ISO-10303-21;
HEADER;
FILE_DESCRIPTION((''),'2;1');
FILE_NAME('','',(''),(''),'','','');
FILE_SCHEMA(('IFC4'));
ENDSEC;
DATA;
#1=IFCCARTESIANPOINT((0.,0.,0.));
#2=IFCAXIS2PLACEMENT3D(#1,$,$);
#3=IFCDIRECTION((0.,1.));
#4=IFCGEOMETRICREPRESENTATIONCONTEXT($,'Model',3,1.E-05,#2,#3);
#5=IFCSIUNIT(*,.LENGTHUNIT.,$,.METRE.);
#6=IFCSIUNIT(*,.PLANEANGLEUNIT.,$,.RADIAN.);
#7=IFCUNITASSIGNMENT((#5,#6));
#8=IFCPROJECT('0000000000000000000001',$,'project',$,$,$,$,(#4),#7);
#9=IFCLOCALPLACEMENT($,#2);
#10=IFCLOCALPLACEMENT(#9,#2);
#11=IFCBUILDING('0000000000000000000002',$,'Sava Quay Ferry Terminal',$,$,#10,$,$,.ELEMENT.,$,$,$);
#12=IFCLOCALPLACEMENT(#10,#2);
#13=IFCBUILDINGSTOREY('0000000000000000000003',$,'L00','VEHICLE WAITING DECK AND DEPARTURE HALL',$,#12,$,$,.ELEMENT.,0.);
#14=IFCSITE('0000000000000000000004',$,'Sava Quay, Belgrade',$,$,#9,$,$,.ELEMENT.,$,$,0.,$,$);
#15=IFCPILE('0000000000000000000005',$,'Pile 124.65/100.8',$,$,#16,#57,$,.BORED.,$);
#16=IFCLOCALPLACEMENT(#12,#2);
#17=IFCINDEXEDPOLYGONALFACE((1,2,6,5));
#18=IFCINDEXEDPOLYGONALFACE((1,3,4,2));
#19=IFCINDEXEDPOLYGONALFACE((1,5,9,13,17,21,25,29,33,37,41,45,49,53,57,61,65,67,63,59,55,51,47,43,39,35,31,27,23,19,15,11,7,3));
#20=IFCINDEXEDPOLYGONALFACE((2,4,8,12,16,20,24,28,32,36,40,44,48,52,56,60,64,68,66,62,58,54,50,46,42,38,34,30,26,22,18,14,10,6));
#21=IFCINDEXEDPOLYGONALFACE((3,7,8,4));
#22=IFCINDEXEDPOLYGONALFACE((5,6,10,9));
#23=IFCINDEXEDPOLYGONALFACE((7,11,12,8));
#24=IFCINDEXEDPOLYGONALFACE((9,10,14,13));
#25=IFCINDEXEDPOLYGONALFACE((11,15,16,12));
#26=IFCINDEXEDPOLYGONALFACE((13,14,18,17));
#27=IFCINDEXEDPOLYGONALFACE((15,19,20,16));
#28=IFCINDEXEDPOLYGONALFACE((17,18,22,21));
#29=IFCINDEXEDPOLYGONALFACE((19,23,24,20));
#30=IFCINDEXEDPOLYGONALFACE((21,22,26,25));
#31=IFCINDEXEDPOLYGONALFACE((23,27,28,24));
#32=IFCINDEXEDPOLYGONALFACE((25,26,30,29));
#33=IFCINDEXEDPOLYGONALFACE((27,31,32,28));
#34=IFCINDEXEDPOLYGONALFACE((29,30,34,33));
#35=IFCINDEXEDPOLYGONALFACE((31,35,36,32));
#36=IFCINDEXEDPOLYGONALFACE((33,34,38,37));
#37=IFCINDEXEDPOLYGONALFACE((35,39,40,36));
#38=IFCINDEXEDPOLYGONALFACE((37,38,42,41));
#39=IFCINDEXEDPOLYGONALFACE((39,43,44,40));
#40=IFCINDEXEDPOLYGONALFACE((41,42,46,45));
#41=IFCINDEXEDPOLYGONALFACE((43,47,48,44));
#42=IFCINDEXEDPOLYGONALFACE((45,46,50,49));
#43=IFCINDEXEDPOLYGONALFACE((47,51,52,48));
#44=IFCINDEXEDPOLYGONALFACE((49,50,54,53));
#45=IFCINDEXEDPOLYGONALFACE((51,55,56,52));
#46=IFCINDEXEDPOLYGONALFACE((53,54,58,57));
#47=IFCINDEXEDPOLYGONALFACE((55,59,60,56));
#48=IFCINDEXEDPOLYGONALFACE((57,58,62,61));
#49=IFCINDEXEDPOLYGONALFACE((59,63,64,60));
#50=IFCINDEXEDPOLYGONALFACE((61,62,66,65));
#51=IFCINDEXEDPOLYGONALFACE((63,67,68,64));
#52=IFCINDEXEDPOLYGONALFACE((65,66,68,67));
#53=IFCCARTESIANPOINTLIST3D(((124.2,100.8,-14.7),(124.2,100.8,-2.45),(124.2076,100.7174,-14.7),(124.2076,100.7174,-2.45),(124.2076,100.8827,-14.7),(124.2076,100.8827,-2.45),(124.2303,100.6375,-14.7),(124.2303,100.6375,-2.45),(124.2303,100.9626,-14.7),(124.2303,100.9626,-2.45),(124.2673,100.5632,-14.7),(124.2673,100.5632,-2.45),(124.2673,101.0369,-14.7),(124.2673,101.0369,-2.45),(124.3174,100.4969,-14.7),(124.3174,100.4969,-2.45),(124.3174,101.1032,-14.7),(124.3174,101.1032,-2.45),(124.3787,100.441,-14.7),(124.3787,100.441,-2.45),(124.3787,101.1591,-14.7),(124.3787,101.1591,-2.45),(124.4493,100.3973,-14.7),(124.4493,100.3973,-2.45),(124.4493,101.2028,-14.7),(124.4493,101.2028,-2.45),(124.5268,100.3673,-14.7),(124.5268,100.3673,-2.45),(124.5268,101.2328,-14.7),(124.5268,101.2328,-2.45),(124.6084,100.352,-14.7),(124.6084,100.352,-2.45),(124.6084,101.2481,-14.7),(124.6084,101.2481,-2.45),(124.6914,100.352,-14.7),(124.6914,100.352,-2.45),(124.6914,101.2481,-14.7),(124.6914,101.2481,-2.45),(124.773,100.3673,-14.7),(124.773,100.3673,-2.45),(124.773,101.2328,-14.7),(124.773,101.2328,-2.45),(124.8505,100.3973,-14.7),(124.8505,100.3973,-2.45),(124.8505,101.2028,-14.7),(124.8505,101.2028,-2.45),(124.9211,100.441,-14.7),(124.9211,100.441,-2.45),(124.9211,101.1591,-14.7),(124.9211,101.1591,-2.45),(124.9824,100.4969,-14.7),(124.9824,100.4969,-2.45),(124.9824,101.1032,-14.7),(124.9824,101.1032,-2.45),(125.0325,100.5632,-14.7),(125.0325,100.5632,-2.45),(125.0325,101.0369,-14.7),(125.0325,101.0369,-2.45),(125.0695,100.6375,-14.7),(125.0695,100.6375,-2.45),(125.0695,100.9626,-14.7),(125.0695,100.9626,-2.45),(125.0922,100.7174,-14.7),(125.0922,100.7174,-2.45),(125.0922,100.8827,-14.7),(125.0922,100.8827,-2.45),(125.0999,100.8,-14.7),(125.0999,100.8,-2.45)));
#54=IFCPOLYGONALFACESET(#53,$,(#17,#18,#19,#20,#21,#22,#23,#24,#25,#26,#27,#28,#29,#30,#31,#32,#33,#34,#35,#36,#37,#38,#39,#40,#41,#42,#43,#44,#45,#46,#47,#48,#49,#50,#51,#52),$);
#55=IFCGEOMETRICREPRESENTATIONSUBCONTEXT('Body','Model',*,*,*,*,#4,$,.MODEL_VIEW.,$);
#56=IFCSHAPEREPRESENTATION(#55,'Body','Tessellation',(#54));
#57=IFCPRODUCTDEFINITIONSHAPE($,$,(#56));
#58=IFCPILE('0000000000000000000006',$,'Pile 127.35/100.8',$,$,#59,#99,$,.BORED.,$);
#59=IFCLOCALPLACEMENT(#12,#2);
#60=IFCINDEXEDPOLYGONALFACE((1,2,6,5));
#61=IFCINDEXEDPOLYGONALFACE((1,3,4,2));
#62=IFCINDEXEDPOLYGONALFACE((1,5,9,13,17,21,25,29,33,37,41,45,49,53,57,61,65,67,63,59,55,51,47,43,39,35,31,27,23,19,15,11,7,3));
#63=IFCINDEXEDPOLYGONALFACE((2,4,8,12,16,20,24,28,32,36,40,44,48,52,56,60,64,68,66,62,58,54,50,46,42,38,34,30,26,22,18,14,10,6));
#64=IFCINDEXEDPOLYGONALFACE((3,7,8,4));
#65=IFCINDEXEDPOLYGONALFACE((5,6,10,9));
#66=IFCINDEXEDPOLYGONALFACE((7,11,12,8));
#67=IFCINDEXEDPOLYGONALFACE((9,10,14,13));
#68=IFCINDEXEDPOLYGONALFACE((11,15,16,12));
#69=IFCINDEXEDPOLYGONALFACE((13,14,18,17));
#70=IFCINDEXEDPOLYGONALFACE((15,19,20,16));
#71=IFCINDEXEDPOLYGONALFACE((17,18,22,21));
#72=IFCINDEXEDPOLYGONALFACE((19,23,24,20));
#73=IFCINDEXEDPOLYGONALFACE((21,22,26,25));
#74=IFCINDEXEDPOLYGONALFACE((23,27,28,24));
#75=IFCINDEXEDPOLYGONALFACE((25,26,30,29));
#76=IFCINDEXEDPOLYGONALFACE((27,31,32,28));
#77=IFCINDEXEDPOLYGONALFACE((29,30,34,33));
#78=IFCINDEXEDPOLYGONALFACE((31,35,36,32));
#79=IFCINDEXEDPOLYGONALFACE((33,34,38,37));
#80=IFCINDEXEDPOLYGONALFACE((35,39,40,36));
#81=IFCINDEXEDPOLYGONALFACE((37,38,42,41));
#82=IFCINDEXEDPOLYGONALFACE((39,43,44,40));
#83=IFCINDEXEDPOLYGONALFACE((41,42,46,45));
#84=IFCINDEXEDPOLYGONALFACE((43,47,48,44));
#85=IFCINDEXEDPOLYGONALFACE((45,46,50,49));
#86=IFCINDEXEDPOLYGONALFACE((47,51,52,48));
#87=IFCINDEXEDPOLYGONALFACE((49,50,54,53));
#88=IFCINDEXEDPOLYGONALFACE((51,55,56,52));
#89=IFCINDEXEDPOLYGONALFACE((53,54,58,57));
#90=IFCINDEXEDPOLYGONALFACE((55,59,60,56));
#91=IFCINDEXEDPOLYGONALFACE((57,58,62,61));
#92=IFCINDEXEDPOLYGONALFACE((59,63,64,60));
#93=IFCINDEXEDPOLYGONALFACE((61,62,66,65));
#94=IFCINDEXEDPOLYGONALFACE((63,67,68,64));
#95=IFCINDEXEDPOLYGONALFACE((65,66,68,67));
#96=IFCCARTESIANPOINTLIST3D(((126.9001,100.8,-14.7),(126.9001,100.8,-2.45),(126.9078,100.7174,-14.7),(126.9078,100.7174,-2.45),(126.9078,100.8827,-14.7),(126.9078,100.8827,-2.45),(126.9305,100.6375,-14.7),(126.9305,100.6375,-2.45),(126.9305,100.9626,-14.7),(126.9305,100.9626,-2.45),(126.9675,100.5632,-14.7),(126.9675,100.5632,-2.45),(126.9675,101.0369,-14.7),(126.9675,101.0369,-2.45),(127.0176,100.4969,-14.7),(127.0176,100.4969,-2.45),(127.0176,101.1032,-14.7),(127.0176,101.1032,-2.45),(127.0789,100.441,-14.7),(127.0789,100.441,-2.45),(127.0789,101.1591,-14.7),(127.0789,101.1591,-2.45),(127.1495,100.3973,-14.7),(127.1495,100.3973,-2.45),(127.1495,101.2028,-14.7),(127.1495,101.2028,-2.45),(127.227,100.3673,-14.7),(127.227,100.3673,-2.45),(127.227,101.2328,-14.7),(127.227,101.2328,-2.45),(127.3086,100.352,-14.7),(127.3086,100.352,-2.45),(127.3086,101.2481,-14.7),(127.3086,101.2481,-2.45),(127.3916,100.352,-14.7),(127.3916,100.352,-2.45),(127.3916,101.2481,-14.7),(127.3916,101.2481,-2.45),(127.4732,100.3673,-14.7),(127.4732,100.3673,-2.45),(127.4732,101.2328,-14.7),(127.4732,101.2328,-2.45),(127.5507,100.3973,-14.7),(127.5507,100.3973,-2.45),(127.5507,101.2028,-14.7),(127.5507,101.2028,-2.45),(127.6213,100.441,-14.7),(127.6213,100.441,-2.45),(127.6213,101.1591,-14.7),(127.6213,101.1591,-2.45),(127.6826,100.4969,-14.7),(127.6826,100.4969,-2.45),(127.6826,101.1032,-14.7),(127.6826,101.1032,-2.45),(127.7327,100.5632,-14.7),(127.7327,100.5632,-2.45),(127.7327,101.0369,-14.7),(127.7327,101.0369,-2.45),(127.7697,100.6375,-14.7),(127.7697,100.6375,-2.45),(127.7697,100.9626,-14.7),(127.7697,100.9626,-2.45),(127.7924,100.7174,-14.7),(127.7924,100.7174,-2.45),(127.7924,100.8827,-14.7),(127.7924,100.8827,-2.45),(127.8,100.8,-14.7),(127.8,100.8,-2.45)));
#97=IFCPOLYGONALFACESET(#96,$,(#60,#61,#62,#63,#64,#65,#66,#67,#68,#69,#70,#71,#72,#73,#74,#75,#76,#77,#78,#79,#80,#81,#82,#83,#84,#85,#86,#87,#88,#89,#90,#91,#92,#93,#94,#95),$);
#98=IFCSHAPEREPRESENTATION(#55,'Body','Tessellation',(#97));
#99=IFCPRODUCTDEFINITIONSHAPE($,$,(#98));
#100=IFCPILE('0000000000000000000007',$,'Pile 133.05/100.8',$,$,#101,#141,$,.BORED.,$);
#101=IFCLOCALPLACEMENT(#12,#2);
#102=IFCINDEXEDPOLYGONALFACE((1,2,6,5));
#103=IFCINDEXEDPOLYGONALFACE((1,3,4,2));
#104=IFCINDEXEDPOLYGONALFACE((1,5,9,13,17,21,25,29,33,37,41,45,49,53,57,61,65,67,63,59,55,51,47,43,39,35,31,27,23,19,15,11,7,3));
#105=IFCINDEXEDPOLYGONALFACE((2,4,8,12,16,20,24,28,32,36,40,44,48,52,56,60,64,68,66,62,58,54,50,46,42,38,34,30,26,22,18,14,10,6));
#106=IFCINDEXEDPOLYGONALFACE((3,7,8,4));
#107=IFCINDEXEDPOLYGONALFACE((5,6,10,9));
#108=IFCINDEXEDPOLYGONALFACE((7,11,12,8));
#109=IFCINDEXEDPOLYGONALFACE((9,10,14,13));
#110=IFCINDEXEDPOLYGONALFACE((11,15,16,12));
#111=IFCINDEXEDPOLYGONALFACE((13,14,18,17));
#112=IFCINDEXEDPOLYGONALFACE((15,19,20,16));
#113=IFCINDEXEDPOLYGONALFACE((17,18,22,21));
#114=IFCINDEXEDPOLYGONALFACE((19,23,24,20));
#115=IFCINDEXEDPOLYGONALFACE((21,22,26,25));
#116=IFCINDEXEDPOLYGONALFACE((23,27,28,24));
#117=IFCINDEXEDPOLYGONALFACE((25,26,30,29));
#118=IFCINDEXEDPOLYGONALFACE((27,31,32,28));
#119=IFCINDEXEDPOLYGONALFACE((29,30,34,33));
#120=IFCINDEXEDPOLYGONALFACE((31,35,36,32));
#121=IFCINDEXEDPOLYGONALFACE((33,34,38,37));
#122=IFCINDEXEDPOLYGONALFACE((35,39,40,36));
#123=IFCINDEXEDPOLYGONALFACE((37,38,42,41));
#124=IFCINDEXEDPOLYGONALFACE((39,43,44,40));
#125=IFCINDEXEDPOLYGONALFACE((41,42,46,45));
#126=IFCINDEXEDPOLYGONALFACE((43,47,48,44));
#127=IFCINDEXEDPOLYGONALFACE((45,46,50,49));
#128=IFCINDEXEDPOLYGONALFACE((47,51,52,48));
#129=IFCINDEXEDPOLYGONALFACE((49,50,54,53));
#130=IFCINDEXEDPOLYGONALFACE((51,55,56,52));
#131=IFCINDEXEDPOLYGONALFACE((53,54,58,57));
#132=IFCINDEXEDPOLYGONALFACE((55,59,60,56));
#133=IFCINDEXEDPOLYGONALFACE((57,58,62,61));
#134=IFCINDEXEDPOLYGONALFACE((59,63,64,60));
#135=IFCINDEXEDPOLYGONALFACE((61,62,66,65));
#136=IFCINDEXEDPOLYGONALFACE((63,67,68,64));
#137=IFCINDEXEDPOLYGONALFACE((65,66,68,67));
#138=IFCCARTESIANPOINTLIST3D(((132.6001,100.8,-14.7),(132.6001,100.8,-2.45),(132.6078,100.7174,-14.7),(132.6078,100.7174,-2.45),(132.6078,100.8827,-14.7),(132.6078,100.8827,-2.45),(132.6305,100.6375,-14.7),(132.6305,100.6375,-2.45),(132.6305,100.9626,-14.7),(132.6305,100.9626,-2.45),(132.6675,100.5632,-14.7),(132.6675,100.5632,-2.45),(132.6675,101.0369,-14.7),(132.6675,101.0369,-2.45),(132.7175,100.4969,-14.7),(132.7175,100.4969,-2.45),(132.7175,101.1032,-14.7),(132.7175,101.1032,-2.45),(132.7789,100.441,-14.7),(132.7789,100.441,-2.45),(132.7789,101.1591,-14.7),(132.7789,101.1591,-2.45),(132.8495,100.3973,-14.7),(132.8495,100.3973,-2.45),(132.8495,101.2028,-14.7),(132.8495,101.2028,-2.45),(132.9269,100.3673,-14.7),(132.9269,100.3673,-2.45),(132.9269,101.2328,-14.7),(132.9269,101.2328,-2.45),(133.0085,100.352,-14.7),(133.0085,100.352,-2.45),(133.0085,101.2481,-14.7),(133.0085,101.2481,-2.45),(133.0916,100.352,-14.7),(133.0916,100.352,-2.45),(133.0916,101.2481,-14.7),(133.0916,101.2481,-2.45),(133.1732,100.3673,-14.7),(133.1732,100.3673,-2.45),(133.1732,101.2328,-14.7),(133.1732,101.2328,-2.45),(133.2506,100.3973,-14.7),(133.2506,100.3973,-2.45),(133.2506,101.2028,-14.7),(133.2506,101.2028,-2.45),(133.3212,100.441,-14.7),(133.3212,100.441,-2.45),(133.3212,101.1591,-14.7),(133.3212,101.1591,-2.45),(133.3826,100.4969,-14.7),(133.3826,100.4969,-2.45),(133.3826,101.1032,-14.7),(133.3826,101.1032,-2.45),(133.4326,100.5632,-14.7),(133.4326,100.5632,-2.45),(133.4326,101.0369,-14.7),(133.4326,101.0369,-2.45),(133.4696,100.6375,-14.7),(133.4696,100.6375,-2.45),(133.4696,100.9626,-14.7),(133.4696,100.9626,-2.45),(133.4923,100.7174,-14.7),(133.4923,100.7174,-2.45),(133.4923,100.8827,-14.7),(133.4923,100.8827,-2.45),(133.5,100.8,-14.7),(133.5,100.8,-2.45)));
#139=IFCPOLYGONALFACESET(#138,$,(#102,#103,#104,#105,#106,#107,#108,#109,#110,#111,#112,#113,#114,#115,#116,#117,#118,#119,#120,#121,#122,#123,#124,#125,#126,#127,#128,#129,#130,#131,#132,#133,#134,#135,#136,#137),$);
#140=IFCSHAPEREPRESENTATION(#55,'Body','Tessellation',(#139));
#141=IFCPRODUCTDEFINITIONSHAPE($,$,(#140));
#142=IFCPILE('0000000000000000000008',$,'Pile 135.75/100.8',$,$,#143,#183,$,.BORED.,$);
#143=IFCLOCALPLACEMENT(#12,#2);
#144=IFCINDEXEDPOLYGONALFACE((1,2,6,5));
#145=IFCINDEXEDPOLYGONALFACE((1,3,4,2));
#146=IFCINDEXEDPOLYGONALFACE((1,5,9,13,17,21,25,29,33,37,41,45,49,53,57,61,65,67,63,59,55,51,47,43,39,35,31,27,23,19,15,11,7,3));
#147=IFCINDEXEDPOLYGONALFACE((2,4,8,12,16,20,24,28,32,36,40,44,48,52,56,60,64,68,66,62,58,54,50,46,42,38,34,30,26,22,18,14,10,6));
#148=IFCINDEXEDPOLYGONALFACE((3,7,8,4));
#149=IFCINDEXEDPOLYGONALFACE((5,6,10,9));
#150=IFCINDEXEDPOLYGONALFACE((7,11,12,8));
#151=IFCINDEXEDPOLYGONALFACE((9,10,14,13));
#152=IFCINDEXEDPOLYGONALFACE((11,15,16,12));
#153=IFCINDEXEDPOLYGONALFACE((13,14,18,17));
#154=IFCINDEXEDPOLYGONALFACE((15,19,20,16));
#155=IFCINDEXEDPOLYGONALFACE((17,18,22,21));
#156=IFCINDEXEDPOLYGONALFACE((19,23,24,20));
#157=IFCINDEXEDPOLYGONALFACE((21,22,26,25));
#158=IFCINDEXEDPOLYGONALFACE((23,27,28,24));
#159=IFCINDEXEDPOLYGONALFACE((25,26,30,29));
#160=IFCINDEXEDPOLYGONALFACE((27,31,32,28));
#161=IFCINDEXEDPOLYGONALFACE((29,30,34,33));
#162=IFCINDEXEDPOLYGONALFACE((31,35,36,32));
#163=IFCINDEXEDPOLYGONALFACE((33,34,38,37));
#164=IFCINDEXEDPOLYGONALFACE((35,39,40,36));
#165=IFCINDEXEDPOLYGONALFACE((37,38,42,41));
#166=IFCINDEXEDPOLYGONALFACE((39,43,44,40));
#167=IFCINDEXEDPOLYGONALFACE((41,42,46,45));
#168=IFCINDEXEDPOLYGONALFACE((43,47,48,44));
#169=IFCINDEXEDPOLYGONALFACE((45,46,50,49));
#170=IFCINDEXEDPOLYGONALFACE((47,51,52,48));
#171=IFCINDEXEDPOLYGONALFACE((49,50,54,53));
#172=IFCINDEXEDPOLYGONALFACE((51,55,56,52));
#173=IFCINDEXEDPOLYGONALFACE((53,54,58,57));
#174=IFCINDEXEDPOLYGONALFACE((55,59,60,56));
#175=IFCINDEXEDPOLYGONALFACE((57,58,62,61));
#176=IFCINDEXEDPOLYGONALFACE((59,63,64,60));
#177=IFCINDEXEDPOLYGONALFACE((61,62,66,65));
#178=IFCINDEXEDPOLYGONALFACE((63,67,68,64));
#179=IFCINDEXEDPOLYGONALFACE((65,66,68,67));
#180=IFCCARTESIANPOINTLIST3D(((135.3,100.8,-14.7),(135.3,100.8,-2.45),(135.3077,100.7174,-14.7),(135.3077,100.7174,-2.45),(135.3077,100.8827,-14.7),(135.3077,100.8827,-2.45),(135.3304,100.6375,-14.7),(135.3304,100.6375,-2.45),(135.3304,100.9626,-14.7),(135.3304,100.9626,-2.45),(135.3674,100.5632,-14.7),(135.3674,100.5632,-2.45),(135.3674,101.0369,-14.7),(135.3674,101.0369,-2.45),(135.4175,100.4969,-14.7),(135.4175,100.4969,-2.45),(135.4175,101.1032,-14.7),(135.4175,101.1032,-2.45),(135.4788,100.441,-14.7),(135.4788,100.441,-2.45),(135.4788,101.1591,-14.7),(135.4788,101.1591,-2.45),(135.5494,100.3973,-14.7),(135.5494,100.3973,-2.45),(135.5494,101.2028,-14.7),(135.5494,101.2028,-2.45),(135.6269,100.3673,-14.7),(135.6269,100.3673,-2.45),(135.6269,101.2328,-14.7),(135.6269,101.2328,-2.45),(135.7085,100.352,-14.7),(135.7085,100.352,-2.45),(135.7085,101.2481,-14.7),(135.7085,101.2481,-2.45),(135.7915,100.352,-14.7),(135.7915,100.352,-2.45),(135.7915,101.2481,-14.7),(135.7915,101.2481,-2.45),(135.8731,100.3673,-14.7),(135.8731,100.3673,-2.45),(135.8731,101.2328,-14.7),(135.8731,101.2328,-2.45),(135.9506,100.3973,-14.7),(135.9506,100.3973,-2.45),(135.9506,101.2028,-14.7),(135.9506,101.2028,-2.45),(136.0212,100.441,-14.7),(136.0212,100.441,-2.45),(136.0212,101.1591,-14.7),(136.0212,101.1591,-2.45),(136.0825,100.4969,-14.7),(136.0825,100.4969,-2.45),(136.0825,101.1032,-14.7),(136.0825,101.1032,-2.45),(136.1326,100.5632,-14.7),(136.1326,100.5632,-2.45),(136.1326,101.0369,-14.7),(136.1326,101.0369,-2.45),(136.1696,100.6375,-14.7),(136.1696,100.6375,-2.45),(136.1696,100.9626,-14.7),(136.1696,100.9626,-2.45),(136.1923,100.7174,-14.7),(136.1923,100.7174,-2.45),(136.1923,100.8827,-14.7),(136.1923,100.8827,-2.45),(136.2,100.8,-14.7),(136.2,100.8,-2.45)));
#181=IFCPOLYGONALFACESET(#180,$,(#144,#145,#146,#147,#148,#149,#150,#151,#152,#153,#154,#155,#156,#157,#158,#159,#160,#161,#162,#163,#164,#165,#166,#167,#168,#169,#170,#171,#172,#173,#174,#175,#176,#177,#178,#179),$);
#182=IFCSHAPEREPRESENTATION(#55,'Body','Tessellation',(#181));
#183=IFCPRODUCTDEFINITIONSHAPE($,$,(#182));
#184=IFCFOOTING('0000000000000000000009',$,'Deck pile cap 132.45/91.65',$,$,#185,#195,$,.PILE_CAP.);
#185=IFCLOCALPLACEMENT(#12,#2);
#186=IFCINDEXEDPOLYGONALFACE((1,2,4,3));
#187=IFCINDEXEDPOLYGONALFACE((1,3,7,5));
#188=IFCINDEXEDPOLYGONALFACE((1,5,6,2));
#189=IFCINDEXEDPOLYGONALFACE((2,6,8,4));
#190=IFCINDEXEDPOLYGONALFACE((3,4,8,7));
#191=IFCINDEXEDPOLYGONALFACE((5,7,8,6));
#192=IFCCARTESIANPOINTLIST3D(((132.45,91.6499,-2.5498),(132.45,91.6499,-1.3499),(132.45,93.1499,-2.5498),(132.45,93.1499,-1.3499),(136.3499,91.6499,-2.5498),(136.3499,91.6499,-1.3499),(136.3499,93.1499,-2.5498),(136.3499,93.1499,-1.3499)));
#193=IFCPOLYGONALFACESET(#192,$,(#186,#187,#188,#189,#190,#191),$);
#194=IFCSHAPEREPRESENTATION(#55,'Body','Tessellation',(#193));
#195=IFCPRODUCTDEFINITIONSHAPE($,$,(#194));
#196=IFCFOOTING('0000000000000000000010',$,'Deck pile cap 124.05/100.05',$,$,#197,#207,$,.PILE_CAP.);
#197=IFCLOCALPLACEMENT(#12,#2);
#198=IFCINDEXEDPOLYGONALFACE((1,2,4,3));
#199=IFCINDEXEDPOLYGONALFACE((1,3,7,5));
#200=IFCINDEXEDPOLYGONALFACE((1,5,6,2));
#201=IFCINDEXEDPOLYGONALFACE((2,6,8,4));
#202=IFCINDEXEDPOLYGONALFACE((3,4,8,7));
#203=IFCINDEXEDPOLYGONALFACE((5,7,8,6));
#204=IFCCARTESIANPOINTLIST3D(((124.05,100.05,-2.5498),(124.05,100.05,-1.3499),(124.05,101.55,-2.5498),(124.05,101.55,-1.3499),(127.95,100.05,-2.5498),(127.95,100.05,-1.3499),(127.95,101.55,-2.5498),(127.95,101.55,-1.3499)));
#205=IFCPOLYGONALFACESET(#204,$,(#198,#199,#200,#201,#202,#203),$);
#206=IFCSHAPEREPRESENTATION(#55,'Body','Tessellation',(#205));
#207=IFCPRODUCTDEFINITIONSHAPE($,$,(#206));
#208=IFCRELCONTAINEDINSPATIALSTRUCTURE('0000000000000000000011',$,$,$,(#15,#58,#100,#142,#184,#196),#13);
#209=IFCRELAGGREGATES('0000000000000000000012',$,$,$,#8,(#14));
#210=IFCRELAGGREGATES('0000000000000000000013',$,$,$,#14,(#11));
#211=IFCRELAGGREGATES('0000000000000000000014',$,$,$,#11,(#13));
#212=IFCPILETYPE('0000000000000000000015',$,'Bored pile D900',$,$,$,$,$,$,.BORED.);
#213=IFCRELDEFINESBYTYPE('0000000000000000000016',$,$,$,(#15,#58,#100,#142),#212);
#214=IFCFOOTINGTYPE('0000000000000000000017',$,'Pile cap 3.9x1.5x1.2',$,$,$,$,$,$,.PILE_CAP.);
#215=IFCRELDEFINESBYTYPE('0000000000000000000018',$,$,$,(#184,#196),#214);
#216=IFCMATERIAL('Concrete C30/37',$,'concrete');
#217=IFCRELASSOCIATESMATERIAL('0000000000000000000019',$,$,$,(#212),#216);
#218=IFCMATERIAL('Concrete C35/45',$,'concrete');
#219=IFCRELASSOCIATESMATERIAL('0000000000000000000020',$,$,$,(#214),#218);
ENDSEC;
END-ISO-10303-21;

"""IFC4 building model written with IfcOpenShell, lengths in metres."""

from ifc_helpers import new_model, si_unit, direction, frame, origin, origin_2d, place, context, subcontext, project, spatial, rectangle, circle, extrude, material, material_profile, profile_set, type_object, element, save


model = new_model("IFC4")

# Units and contexts
model_context = context("Model", 3, precision=1e-05, world=origin(), true_north=direction((0.0, 1.0)))
body_context = subcontext(model_context, "Body", "Model", "MODEL_VIEW")
ifc_project = project(units=[si_unit("LENGTHUNIT", "METRE"), si_unit("PLANEANGLEUNIT", "RADIAN")], contexts=[model_context])

# Site, building, storey
site_placement = place(None, origin())
site = spatial("IfcSite", under=ifc_project, at=site_placement, Name="Sava Quay, Belgrade", CompositionType="ELEMENT", RefElevation=0.0)
building_placement = place(site_placement, origin())
building = spatial("IfcBuilding", under=site, at=building_placement, Name="Sava Quay Ferry Terminal", CompositionType="ELEMENT")
storey_placement = place(building_placement, origin())
storey = spatial("IfcBuildingStorey", under=building, at=storey_placement, Name="L00", Description="VEHICLE WAITING DECK AND DEPARTURE HALL", CompositionType="ELEMENT", Elevation=0.0)

# Piles
ifc_material_1 = material(Name="Concrete C30/37", Category="concrete")
ifc_material_profile_1 = material_profile(ifc_material_1, circle(Radius=0.45, at=origin_2d()), Name="Bored pile D900")
ifc_profile_set_1 = profile_set([ifc_material_profile_1], Name="Concrete C30/37")
pile_type = type_object("IfcPileType", Name="Bored pile D900", PredefinedType="BORED", material=ifc_profile_set_1)
for number, where, z_axis, x_axis, name in (
    (1, (124.6499, 100.8, -2.45), (0.0, 0.0, -1.0), (1.0, 0.0, 0.0), "Pile 124.65/100.8"),
    (2, (127.3501, 100.8, -2.45), (0.0, 0.0, -1.0), (1.0, 0.0, 0.0), "Pile 127.35/100.8"),
    (3, (133.05, 100.8, -2.45), (0.0, 0.0, -1.0), (1.0, 0.0, 0.0), "Pile 133.05/100.8"),
    (4, (135.75, 100.8, -2.45), (0.0, 0.0, -1.0), (1.0, 0.0, 0.0), "Pile 135.75/100.8"),
):
    element("IfcPile", number, at=place(storey_placement, frame(where, z_axis=z_axis, x_axis=x_axis)), inside=storey, type_object=pile_type, Name=name, PredefinedType="BORED", context=body_context, shape_type="SweptSolid", body=[
        extrude(circle(Radius=0.45, at=origin_2d()), origin(), (0.0, 0.0, 1.0), 12.25),
    ])

# Footings
ifc_material_2 = material(Name="Concrete C35/45", Category="concrete")
footing_type = type_object("IfcFootingType", Name="Pile cap 3.9x1.5x1.2", PredefinedType="PILE_CAP", material=ifc_material_2)
for number, where, z_axis, x_axis, name in (
    (5, (134.3999, 92.3999, -2.5498), (0.0, 0.0, 1.0), (1.0, 0.0, 0.0), "Deck pile cap 132.45/91.65"),
    (6, (126.0, 100.8, -2.5498), (0.0, 0.0, 1.0), (1.0, 0.0, 0.0), "Deck pile cap 124.05/100.05"),
):
    element("IfcFooting", number, at=place(storey_placement, frame(where, z_axis=z_axis, x_axis=x_axis)), inside=storey, type_object=footing_type, Name=name, PredefinedType="PILE_CAP", context=body_context, shape_type="SweptSolid", body=[
        extrude(rectangle(XDim=3.8999, YDim=1.5, at=origin_2d()), origin(), (0.0, 0.0, 1.0), 1.2),
    ])

save(model, "model.ifc")
